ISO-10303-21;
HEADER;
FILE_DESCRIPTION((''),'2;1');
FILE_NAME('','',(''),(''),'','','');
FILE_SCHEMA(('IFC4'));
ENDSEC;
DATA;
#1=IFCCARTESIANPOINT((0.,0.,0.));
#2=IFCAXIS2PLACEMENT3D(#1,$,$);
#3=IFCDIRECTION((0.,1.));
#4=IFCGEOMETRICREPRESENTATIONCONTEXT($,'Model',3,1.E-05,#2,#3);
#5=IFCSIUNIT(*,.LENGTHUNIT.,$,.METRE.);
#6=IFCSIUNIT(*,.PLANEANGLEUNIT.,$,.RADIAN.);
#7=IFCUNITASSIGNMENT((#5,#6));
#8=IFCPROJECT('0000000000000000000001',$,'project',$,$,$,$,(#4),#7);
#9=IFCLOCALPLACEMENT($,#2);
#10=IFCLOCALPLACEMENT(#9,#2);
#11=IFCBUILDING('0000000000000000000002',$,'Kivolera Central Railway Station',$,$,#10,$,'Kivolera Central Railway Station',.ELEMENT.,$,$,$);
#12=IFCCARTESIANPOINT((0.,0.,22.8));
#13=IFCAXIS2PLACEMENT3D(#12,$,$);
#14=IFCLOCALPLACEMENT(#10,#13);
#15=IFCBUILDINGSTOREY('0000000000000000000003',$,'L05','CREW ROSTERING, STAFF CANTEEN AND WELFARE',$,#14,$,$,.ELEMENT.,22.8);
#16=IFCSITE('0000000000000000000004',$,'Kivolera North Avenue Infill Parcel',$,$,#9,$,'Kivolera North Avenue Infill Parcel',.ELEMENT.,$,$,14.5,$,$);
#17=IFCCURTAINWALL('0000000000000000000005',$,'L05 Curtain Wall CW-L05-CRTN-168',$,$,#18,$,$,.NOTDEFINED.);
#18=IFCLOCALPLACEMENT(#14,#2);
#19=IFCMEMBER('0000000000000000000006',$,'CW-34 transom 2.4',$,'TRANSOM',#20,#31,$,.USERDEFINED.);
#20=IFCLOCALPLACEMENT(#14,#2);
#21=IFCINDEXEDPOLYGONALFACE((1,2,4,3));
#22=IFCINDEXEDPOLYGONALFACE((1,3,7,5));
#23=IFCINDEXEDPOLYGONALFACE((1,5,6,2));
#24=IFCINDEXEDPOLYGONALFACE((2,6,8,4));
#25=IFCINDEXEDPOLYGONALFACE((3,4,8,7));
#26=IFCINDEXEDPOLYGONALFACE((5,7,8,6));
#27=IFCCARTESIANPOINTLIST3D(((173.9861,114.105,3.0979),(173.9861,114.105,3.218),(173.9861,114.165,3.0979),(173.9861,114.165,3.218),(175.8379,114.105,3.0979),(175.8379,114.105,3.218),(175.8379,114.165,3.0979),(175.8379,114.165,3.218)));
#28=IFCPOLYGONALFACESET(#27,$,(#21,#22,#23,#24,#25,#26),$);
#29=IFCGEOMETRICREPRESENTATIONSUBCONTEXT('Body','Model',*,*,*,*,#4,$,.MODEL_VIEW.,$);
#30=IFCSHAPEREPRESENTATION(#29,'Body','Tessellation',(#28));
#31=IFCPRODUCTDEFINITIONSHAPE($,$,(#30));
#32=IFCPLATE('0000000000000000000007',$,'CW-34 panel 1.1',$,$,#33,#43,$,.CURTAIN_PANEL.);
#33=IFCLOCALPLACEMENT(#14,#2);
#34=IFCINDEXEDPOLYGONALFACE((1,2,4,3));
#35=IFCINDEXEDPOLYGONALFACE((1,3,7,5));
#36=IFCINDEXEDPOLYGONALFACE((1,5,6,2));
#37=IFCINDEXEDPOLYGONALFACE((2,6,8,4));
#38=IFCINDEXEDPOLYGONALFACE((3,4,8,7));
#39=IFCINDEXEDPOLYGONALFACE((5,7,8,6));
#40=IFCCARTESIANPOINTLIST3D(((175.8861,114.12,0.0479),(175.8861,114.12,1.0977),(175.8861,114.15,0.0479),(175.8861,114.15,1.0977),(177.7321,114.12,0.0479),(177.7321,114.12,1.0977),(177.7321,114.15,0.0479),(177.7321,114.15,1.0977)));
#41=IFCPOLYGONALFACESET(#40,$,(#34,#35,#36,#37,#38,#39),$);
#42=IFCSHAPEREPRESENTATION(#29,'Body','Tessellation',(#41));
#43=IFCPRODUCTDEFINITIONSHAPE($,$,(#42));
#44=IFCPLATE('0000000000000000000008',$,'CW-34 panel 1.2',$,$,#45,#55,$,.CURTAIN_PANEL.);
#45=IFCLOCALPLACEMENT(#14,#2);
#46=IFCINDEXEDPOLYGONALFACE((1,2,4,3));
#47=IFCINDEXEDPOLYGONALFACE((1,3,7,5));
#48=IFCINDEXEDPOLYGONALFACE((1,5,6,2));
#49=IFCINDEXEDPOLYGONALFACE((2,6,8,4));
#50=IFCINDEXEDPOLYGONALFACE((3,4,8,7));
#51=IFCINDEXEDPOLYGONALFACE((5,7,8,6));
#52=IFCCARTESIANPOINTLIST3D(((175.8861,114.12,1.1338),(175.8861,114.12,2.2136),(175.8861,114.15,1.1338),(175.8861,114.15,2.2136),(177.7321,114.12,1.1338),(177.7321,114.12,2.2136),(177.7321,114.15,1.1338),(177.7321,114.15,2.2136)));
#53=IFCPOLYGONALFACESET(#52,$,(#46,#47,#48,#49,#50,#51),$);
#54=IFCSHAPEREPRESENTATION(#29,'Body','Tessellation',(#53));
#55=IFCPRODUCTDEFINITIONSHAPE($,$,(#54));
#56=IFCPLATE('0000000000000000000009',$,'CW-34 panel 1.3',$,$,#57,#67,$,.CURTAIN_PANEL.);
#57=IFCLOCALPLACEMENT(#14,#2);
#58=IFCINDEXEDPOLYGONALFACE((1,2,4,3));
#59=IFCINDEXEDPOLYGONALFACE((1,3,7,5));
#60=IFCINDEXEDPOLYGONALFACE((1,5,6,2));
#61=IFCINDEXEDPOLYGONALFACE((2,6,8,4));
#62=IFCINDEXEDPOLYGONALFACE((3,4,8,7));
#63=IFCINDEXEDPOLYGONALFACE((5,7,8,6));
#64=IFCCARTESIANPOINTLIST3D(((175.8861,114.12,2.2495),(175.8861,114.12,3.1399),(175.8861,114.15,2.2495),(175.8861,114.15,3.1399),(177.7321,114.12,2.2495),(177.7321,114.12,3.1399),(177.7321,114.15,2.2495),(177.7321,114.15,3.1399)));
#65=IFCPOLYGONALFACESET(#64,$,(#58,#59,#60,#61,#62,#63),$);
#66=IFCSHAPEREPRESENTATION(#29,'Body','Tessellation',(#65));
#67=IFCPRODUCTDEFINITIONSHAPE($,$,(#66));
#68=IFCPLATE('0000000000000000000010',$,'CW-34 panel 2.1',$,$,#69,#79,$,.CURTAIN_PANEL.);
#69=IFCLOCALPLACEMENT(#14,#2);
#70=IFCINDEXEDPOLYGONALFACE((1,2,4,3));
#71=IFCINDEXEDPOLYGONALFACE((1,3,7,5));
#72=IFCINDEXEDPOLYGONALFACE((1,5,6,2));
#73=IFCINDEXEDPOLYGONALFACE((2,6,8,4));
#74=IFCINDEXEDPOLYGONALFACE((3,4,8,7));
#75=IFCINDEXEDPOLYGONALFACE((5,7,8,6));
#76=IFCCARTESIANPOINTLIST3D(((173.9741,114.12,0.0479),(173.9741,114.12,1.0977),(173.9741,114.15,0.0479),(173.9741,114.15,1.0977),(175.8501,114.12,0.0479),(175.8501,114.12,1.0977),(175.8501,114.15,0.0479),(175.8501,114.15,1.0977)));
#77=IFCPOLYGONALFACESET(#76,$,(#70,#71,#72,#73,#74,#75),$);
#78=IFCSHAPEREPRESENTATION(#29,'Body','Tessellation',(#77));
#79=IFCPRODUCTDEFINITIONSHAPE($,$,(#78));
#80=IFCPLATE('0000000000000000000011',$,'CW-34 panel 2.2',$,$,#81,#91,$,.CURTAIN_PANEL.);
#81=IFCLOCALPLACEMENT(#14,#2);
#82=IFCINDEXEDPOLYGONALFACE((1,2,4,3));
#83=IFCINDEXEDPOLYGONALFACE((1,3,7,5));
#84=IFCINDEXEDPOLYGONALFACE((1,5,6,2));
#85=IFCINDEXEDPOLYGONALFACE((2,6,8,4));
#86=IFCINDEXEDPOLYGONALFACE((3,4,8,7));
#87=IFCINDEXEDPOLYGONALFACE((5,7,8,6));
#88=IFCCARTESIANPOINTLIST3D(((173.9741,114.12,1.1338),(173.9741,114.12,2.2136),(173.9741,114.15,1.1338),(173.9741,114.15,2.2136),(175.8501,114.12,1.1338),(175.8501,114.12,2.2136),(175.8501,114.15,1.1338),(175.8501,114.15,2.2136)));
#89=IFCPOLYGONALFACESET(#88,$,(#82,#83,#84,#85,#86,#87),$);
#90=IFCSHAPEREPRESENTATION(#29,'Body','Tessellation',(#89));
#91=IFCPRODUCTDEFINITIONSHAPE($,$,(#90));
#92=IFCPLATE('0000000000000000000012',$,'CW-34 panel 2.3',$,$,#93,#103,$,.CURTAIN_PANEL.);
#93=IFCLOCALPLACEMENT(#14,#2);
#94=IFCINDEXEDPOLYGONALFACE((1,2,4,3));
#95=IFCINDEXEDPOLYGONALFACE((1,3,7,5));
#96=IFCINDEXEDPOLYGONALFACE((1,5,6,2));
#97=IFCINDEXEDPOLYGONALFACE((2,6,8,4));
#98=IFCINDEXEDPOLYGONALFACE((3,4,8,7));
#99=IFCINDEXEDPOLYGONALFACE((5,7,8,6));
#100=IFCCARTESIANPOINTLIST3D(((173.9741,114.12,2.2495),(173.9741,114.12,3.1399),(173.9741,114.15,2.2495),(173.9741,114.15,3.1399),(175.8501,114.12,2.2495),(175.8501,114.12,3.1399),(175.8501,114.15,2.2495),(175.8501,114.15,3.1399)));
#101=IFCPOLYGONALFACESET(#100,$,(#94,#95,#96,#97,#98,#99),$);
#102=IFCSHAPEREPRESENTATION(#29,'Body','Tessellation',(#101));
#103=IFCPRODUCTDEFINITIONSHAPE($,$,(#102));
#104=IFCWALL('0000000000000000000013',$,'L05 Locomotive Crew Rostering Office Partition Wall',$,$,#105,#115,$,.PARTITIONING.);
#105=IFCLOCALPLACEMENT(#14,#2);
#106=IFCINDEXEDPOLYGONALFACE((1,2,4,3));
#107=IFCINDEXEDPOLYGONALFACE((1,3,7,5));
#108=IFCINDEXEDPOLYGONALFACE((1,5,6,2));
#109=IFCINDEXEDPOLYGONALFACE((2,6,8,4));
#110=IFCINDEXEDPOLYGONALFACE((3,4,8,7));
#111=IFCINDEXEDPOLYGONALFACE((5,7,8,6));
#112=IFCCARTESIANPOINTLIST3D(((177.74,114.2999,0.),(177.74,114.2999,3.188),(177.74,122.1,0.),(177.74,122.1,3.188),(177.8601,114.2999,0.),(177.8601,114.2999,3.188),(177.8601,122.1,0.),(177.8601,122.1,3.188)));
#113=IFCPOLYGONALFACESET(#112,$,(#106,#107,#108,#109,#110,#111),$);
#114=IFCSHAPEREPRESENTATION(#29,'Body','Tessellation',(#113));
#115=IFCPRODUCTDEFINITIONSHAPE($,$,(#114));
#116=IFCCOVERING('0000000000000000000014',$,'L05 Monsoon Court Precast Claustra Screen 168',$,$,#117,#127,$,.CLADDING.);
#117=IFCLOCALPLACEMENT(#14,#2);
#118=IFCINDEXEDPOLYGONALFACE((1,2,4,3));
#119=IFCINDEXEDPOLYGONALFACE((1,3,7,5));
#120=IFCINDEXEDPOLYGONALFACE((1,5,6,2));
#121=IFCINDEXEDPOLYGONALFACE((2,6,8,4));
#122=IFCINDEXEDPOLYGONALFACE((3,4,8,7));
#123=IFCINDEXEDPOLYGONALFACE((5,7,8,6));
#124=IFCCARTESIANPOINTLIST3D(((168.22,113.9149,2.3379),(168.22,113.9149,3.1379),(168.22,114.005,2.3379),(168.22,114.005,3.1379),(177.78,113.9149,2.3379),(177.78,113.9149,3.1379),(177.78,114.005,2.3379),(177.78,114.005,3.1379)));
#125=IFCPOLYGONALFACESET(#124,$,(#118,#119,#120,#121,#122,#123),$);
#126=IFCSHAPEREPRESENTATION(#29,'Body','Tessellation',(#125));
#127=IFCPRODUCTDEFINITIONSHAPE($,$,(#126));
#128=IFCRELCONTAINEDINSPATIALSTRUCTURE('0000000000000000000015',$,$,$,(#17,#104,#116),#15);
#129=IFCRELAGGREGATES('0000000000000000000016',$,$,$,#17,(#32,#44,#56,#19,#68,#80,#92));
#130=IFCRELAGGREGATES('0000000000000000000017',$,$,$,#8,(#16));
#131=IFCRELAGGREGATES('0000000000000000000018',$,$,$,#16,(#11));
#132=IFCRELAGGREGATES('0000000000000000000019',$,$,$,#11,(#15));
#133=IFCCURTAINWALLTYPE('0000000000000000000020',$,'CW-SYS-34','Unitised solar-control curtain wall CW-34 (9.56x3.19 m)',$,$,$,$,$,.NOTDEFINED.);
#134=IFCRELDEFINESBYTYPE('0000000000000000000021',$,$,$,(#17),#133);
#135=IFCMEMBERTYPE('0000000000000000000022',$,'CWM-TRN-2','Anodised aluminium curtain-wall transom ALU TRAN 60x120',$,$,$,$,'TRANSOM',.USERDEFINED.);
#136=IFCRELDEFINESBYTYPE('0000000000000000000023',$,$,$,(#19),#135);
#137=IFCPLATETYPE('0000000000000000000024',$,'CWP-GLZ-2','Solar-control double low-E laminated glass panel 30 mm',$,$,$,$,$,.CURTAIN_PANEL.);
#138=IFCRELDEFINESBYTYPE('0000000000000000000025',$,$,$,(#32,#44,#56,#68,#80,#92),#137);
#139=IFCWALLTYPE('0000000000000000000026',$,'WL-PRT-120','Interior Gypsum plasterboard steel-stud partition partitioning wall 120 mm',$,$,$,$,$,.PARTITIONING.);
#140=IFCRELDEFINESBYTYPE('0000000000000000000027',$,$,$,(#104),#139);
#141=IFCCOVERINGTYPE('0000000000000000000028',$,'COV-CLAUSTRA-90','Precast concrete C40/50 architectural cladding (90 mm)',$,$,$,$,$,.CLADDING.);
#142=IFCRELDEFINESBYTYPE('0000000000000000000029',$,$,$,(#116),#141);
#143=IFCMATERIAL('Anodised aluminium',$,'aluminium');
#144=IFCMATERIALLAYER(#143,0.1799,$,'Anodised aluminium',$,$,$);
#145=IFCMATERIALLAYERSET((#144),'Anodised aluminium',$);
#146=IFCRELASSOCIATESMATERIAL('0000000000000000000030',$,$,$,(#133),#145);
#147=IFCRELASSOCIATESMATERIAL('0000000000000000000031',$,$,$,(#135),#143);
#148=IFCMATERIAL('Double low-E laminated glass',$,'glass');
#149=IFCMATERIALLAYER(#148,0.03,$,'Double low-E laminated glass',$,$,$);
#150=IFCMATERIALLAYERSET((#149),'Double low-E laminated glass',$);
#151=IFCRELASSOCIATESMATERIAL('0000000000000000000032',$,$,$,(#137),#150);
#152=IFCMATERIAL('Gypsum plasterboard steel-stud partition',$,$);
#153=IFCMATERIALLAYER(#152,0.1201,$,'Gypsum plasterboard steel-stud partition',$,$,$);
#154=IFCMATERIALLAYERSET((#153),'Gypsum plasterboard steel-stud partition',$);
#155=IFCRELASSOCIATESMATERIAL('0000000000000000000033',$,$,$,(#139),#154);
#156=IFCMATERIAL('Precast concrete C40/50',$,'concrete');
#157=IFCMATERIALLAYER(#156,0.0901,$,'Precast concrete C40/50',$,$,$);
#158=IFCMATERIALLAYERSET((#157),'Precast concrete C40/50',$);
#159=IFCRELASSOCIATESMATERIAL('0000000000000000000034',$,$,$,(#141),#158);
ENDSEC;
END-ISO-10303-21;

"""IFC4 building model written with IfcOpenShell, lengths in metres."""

from ifc_helpers import new_model, si_unit, direction, frame, frame_2d, origin, origin_2d, place, context, subcontext, project, spatial, rectangle, extrude, material, layer, layer_set, material_profile, profile_set, type_object, element, aggregate, save


model = new_model("IFC4")

# Units and contexts
model_context = context("Model", 3, precision=1e-05, world=origin(), true_north=direction((0.0, 1.0)))
body_context = subcontext(model_context, "Body", "Model", "MODEL_VIEW")
ifc_project = project(units=[si_unit("LENGTHUNIT", "METRE"), si_unit("PLANEANGLEUNIT", "RADIAN")], contexts=[model_context])

# Site, building, storey
site_placement = place(None, origin())
site = spatial("IfcSite", under=ifc_project, at=site_placement, Name="Kivolera North Avenue Infill Parcel", LongName="Kivolera North Avenue Infill Parcel", CompositionType="ELEMENT", RefElevation=14.5)
building_placement = place(site_placement, origin())
building = spatial("IfcBuilding", under=site, at=building_placement, Name="Kivolera Central Railway Station", LongName="Kivolera Central Railway Station", CompositionType="ELEMENT")
storey_placement = place(building_placement, frame((0.0, 0.0, 22.8)))
storey = spatial("IfcBuildingStorey", under=building, at=storey_placement, Name="L05", Description="CREW ROSTERING, STAFF CANTEEN AND WELFARE", CompositionType="ELEMENT", Elevation=22.8)

# Curtain wall
ifc_material_1 = material(Name="Anodised aluminium", Category="aluminium")
ifc_layer_1 = layer(ifc_material_1, 0.1799, Name="Anodised aluminium")
ifc_layer_set_1 = layer_set([ifc_layer_1], Name="Anodised aluminium")
curtain_wall_type_1 = type_object("IfcCurtainWallType", Name="CW-SYS-34", Description="Unitised solar-control curtain wall CW-34 (9.56x3.19 m)", PredefinedType="NOTDEFINED", material=ifc_layer_set_1)
curtain_wall_1_placement = place(storey_placement, origin())
curtain_wall_1 = element("IfcCurtainWall", 1, at=curtain_wall_1_placement, inside=storey, type_object=curtain_wall_type_1, Name="L05 Curtain Wall CW-L05-CRTN-168", PredefinedType="NOTDEFINED")

# Member
ifc_material_profile_1 = material_profile(ifc_material_1, rectangle(XDim=0.0601, YDim=0.1201, at=origin_2d()), Name="ALU TRAN 60x120")
ifc_profile_set_1 = profile_set([ifc_material_profile_1], Name="Anodised aluminium")
member_type_1 = type_object("IfcMemberType", Name="CWM-TRN-2", Description="Anodised aluminium curtain-wall transom ALU TRAN 60x120", ElementType="TRANSOM", PredefinedType="USERDEFINED", material=ifc_profile_set_1)
member_1_placement = place(storey_placement, frame((175.8379, 114.135, 3.158), z_axis=(-1.0, 0.0, 0.0), x_axis=(0.0, -1.0, 0.0)))
member_1 = element("IfcMember", 2, at=member_1_placement, type_object=member_type_1, Name="CW-34 transom 2.4", ObjectType="TRANSOM", PredefinedType="USERDEFINED", context=body_context, shape_type="SweptSolid", body=[
    extrude(rectangle(XDim=0.0601, YDim=0.1201, at=origin_2d()), origin(), (0.0, 0.0, 1.0), 1.8518),
])

# Plates
ifc_material_2 = material(Name="Double low-E laminated glass", Category="glass")
ifc_layer_2 = layer(ifc_material_2, 0.03, Name="Double low-E laminated glass")
ifc_layer_set_2 = layer_set([ifc_layer_2], Name="Double low-E laminated glass")
plate_type = type_object("IfcPlateType", Name="CWP-GLZ-2", Description="Solar-control double low-E laminated glass panel 30 mm", PredefinedType="CURTAIN_PANEL", material=ifc_layer_set_2)
plate_1_placement = place(storey_placement, frame((176.8091, 114.135, 0.0479), z_axis=(0.0, 0.0, 1.0), x_axis=(-1.0, 0.0, 0.0)))
plate_1 = element("IfcPlate", 3, at=plate_1_placement, type_object=plate_type, Name="CW-34 panel 1.1", PredefinedType="CURTAIN_PANEL", context=body_context, shape_type="SweptSolid", body=[
    extrude(rectangle(XDim=1.8459, YDim=0.03, at=origin_2d()), origin(), (0.0, 0.0, 1.0), 1.0498),
])
plate_2_placement = place(storey_placement, frame((176.8091, 114.135, 1.1338), z_axis=(0.0, 0.0, 1.0), x_axis=(-1.0, 0.0, 0.0)))
plate_2 = element("IfcPlate", 4, at=plate_2_placement, type_object=plate_type, Name="CW-34 panel 1.2", PredefinedType="CURTAIN_PANEL", context=body_context, shape_type="SweptSolid", body=[
    extrude(rectangle(XDim=1.8459, YDim=0.03, at=origin_2d()), origin(), (0.0, 0.0, 1.0), 1.0798),
])
plate_3_placement = place(storey_placement, frame((176.8091, 114.135, 2.2495), z_axis=(0.0, 0.0, 1.0), x_axis=(-1.0, 0.0, 0.0)))
plate_3 = element("IfcPlate", 5, at=plate_3_placement, type_object=plate_type, Name="CW-34 panel 1.3", PredefinedType="CURTAIN_PANEL", context=body_context, shape_type="SweptSolid", body=[
    extrude(rectangle(XDim=1.8459, YDim=0.03, at=origin_2d()), origin(), (0.0, 0.0, 1.0), 0.8904),
])
plate_4_placement = place(storey_placement, frame((174.9121, 114.135, 0.0479), z_axis=(0.0, 0.0, 1.0), x_axis=(-1.0, 0.0, 0.0)))
plate_4 = element("IfcPlate", 6, at=plate_4_placement, type_object=plate_type, Name="CW-34 panel 2.1", PredefinedType="CURTAIN_PANEL", context=body_context, shape_type="SweptSolid", body=[
    extrude(rectangle(XDim=1.876, YDim=0.03, at=origin_2d()), origin(), (0.0, 0.0, 1.0), 1.0498),
])
plate_5_placement = place(storey_placement, frame((174.9121, 114.135, 1.1338), z_axis=(0.0, 0.0, 1.0), x_axis=(-1.0, 0.0, 0.0)))
plate_5 = element("IfcPlate", 7, at=plate_5_placement, type_object=plate_type, Name="CW-34 panel 2.2", PredefinedType="CURTAIN_PANEL", context=body_context, shape_type="SweptSolid", body=[
    extrude(rectangle(XDim=1.876, YDim=0.03, at=origin_2d()), origin(), (0.0, 0.0, 1.0), 1.0798),
])
plate_6_placement = place(storey_placement, frame((174.9121, 114.135, 2.2495), z_axis=(0.0, 0.0, 1.0), x_axis=(-1.0, 0.0, 0.0)))
plate_6 = element("IfcPlate", 8, at=plate_6_placement, type_object=plate_type, Name="CW-34 panel 2.3", PredefinedType="CURTAIN_PANEL", context=body_context, shape_type="SweptSolid", body=[
    extrude(rectangle(XDim=1.876, YDim=0.03, at=origin_2d()), origin(), (0.0, 0.0, 1.0), 0.8904),
])
aggregate(curtain_wall_1, [plate_1, plate_2, plate_3, member_1, plate_4, plate_5, plate_6])

# Wall
ifc_material_3 = material(Name="Gypsum plasterboard steel-stud partition")
ifc_layer_3 = layer(ifc_material_3, 0.1201, Name="Gypsum plasterboard steel-stud partition")
ifc_layer_set_3 = layer_set([ifc_layer_3], Name="Gypsum plasterboard steel-stud partition")
wall_type = type_object("IfcWallType", Name="WL-PRT-120", Description="Interior Gypsum plasterboard steel-stud partition partitioning wall 120 mm", PredefinedType="PARTITIONING", material=ifc_layer_set_3)
wall_placement = place(storey_placement, frame((177.8, 114.3, 0.0), z_axis=(0.0, 0.0, 1.0), x_axis=(0.0, 1.0, 0.0)))
element("IfcWall", 9, at=wall_placement, inside=storey, type_object=wall_type, Name="L05 Locomotive Crew Rostering Office Partition Wall", PredefinedType="PARTITIONING", context=body_context, shape_type="SweptSolid", body=[
    extrude(rectangle(XDim=7.8, YDim=0.1201, at=frame_2d((3.8999, 0.0))), origin(), (0.0, 0.0, 1.0), 3.188),
])

# Covering
ifc_material_4 = material(Name="Precast concrete C40/50", Category="concrete")
ifc_layer_4 = layer(ifc_material_4, 0.0901, Name="Precast concrete C40/50")
ifc_layer_set_4 = layer_set([ifc_layer_4], Name="Precast concrete C40/50")
covering_type = type_object("IfcCoveringType", Name="COV-CLAUSTRA-90", Description="Precast concrete C40/50 architectural cladding (90 mm)", PredefinedType="CLADDING", material=ifc_layer_set_4)
covering_placement = place(storey_placement, frame((177.78, 113.96, 2.3379), z_axis=(0.0, 0.0, 1.0), x_axis=(-1.0, 0.0, 0.0)))
element("IfcCovering", 10, at=covering_placement, inside=storey, type_object=covering_type, Name="L05 Monsoon Court Precast Claustra Screen 168", PredefinedType="CLADDING", context=body_context, shape_type="SweptSolid", body=[
    extrude(rectangle(XDim=9.5601, YDim=0.0901, at=frame_2d((4.78, 0.0))), origin(), (0.0, 0.0, 1.0), 0.8),
])

save(model, "model.ifc")
